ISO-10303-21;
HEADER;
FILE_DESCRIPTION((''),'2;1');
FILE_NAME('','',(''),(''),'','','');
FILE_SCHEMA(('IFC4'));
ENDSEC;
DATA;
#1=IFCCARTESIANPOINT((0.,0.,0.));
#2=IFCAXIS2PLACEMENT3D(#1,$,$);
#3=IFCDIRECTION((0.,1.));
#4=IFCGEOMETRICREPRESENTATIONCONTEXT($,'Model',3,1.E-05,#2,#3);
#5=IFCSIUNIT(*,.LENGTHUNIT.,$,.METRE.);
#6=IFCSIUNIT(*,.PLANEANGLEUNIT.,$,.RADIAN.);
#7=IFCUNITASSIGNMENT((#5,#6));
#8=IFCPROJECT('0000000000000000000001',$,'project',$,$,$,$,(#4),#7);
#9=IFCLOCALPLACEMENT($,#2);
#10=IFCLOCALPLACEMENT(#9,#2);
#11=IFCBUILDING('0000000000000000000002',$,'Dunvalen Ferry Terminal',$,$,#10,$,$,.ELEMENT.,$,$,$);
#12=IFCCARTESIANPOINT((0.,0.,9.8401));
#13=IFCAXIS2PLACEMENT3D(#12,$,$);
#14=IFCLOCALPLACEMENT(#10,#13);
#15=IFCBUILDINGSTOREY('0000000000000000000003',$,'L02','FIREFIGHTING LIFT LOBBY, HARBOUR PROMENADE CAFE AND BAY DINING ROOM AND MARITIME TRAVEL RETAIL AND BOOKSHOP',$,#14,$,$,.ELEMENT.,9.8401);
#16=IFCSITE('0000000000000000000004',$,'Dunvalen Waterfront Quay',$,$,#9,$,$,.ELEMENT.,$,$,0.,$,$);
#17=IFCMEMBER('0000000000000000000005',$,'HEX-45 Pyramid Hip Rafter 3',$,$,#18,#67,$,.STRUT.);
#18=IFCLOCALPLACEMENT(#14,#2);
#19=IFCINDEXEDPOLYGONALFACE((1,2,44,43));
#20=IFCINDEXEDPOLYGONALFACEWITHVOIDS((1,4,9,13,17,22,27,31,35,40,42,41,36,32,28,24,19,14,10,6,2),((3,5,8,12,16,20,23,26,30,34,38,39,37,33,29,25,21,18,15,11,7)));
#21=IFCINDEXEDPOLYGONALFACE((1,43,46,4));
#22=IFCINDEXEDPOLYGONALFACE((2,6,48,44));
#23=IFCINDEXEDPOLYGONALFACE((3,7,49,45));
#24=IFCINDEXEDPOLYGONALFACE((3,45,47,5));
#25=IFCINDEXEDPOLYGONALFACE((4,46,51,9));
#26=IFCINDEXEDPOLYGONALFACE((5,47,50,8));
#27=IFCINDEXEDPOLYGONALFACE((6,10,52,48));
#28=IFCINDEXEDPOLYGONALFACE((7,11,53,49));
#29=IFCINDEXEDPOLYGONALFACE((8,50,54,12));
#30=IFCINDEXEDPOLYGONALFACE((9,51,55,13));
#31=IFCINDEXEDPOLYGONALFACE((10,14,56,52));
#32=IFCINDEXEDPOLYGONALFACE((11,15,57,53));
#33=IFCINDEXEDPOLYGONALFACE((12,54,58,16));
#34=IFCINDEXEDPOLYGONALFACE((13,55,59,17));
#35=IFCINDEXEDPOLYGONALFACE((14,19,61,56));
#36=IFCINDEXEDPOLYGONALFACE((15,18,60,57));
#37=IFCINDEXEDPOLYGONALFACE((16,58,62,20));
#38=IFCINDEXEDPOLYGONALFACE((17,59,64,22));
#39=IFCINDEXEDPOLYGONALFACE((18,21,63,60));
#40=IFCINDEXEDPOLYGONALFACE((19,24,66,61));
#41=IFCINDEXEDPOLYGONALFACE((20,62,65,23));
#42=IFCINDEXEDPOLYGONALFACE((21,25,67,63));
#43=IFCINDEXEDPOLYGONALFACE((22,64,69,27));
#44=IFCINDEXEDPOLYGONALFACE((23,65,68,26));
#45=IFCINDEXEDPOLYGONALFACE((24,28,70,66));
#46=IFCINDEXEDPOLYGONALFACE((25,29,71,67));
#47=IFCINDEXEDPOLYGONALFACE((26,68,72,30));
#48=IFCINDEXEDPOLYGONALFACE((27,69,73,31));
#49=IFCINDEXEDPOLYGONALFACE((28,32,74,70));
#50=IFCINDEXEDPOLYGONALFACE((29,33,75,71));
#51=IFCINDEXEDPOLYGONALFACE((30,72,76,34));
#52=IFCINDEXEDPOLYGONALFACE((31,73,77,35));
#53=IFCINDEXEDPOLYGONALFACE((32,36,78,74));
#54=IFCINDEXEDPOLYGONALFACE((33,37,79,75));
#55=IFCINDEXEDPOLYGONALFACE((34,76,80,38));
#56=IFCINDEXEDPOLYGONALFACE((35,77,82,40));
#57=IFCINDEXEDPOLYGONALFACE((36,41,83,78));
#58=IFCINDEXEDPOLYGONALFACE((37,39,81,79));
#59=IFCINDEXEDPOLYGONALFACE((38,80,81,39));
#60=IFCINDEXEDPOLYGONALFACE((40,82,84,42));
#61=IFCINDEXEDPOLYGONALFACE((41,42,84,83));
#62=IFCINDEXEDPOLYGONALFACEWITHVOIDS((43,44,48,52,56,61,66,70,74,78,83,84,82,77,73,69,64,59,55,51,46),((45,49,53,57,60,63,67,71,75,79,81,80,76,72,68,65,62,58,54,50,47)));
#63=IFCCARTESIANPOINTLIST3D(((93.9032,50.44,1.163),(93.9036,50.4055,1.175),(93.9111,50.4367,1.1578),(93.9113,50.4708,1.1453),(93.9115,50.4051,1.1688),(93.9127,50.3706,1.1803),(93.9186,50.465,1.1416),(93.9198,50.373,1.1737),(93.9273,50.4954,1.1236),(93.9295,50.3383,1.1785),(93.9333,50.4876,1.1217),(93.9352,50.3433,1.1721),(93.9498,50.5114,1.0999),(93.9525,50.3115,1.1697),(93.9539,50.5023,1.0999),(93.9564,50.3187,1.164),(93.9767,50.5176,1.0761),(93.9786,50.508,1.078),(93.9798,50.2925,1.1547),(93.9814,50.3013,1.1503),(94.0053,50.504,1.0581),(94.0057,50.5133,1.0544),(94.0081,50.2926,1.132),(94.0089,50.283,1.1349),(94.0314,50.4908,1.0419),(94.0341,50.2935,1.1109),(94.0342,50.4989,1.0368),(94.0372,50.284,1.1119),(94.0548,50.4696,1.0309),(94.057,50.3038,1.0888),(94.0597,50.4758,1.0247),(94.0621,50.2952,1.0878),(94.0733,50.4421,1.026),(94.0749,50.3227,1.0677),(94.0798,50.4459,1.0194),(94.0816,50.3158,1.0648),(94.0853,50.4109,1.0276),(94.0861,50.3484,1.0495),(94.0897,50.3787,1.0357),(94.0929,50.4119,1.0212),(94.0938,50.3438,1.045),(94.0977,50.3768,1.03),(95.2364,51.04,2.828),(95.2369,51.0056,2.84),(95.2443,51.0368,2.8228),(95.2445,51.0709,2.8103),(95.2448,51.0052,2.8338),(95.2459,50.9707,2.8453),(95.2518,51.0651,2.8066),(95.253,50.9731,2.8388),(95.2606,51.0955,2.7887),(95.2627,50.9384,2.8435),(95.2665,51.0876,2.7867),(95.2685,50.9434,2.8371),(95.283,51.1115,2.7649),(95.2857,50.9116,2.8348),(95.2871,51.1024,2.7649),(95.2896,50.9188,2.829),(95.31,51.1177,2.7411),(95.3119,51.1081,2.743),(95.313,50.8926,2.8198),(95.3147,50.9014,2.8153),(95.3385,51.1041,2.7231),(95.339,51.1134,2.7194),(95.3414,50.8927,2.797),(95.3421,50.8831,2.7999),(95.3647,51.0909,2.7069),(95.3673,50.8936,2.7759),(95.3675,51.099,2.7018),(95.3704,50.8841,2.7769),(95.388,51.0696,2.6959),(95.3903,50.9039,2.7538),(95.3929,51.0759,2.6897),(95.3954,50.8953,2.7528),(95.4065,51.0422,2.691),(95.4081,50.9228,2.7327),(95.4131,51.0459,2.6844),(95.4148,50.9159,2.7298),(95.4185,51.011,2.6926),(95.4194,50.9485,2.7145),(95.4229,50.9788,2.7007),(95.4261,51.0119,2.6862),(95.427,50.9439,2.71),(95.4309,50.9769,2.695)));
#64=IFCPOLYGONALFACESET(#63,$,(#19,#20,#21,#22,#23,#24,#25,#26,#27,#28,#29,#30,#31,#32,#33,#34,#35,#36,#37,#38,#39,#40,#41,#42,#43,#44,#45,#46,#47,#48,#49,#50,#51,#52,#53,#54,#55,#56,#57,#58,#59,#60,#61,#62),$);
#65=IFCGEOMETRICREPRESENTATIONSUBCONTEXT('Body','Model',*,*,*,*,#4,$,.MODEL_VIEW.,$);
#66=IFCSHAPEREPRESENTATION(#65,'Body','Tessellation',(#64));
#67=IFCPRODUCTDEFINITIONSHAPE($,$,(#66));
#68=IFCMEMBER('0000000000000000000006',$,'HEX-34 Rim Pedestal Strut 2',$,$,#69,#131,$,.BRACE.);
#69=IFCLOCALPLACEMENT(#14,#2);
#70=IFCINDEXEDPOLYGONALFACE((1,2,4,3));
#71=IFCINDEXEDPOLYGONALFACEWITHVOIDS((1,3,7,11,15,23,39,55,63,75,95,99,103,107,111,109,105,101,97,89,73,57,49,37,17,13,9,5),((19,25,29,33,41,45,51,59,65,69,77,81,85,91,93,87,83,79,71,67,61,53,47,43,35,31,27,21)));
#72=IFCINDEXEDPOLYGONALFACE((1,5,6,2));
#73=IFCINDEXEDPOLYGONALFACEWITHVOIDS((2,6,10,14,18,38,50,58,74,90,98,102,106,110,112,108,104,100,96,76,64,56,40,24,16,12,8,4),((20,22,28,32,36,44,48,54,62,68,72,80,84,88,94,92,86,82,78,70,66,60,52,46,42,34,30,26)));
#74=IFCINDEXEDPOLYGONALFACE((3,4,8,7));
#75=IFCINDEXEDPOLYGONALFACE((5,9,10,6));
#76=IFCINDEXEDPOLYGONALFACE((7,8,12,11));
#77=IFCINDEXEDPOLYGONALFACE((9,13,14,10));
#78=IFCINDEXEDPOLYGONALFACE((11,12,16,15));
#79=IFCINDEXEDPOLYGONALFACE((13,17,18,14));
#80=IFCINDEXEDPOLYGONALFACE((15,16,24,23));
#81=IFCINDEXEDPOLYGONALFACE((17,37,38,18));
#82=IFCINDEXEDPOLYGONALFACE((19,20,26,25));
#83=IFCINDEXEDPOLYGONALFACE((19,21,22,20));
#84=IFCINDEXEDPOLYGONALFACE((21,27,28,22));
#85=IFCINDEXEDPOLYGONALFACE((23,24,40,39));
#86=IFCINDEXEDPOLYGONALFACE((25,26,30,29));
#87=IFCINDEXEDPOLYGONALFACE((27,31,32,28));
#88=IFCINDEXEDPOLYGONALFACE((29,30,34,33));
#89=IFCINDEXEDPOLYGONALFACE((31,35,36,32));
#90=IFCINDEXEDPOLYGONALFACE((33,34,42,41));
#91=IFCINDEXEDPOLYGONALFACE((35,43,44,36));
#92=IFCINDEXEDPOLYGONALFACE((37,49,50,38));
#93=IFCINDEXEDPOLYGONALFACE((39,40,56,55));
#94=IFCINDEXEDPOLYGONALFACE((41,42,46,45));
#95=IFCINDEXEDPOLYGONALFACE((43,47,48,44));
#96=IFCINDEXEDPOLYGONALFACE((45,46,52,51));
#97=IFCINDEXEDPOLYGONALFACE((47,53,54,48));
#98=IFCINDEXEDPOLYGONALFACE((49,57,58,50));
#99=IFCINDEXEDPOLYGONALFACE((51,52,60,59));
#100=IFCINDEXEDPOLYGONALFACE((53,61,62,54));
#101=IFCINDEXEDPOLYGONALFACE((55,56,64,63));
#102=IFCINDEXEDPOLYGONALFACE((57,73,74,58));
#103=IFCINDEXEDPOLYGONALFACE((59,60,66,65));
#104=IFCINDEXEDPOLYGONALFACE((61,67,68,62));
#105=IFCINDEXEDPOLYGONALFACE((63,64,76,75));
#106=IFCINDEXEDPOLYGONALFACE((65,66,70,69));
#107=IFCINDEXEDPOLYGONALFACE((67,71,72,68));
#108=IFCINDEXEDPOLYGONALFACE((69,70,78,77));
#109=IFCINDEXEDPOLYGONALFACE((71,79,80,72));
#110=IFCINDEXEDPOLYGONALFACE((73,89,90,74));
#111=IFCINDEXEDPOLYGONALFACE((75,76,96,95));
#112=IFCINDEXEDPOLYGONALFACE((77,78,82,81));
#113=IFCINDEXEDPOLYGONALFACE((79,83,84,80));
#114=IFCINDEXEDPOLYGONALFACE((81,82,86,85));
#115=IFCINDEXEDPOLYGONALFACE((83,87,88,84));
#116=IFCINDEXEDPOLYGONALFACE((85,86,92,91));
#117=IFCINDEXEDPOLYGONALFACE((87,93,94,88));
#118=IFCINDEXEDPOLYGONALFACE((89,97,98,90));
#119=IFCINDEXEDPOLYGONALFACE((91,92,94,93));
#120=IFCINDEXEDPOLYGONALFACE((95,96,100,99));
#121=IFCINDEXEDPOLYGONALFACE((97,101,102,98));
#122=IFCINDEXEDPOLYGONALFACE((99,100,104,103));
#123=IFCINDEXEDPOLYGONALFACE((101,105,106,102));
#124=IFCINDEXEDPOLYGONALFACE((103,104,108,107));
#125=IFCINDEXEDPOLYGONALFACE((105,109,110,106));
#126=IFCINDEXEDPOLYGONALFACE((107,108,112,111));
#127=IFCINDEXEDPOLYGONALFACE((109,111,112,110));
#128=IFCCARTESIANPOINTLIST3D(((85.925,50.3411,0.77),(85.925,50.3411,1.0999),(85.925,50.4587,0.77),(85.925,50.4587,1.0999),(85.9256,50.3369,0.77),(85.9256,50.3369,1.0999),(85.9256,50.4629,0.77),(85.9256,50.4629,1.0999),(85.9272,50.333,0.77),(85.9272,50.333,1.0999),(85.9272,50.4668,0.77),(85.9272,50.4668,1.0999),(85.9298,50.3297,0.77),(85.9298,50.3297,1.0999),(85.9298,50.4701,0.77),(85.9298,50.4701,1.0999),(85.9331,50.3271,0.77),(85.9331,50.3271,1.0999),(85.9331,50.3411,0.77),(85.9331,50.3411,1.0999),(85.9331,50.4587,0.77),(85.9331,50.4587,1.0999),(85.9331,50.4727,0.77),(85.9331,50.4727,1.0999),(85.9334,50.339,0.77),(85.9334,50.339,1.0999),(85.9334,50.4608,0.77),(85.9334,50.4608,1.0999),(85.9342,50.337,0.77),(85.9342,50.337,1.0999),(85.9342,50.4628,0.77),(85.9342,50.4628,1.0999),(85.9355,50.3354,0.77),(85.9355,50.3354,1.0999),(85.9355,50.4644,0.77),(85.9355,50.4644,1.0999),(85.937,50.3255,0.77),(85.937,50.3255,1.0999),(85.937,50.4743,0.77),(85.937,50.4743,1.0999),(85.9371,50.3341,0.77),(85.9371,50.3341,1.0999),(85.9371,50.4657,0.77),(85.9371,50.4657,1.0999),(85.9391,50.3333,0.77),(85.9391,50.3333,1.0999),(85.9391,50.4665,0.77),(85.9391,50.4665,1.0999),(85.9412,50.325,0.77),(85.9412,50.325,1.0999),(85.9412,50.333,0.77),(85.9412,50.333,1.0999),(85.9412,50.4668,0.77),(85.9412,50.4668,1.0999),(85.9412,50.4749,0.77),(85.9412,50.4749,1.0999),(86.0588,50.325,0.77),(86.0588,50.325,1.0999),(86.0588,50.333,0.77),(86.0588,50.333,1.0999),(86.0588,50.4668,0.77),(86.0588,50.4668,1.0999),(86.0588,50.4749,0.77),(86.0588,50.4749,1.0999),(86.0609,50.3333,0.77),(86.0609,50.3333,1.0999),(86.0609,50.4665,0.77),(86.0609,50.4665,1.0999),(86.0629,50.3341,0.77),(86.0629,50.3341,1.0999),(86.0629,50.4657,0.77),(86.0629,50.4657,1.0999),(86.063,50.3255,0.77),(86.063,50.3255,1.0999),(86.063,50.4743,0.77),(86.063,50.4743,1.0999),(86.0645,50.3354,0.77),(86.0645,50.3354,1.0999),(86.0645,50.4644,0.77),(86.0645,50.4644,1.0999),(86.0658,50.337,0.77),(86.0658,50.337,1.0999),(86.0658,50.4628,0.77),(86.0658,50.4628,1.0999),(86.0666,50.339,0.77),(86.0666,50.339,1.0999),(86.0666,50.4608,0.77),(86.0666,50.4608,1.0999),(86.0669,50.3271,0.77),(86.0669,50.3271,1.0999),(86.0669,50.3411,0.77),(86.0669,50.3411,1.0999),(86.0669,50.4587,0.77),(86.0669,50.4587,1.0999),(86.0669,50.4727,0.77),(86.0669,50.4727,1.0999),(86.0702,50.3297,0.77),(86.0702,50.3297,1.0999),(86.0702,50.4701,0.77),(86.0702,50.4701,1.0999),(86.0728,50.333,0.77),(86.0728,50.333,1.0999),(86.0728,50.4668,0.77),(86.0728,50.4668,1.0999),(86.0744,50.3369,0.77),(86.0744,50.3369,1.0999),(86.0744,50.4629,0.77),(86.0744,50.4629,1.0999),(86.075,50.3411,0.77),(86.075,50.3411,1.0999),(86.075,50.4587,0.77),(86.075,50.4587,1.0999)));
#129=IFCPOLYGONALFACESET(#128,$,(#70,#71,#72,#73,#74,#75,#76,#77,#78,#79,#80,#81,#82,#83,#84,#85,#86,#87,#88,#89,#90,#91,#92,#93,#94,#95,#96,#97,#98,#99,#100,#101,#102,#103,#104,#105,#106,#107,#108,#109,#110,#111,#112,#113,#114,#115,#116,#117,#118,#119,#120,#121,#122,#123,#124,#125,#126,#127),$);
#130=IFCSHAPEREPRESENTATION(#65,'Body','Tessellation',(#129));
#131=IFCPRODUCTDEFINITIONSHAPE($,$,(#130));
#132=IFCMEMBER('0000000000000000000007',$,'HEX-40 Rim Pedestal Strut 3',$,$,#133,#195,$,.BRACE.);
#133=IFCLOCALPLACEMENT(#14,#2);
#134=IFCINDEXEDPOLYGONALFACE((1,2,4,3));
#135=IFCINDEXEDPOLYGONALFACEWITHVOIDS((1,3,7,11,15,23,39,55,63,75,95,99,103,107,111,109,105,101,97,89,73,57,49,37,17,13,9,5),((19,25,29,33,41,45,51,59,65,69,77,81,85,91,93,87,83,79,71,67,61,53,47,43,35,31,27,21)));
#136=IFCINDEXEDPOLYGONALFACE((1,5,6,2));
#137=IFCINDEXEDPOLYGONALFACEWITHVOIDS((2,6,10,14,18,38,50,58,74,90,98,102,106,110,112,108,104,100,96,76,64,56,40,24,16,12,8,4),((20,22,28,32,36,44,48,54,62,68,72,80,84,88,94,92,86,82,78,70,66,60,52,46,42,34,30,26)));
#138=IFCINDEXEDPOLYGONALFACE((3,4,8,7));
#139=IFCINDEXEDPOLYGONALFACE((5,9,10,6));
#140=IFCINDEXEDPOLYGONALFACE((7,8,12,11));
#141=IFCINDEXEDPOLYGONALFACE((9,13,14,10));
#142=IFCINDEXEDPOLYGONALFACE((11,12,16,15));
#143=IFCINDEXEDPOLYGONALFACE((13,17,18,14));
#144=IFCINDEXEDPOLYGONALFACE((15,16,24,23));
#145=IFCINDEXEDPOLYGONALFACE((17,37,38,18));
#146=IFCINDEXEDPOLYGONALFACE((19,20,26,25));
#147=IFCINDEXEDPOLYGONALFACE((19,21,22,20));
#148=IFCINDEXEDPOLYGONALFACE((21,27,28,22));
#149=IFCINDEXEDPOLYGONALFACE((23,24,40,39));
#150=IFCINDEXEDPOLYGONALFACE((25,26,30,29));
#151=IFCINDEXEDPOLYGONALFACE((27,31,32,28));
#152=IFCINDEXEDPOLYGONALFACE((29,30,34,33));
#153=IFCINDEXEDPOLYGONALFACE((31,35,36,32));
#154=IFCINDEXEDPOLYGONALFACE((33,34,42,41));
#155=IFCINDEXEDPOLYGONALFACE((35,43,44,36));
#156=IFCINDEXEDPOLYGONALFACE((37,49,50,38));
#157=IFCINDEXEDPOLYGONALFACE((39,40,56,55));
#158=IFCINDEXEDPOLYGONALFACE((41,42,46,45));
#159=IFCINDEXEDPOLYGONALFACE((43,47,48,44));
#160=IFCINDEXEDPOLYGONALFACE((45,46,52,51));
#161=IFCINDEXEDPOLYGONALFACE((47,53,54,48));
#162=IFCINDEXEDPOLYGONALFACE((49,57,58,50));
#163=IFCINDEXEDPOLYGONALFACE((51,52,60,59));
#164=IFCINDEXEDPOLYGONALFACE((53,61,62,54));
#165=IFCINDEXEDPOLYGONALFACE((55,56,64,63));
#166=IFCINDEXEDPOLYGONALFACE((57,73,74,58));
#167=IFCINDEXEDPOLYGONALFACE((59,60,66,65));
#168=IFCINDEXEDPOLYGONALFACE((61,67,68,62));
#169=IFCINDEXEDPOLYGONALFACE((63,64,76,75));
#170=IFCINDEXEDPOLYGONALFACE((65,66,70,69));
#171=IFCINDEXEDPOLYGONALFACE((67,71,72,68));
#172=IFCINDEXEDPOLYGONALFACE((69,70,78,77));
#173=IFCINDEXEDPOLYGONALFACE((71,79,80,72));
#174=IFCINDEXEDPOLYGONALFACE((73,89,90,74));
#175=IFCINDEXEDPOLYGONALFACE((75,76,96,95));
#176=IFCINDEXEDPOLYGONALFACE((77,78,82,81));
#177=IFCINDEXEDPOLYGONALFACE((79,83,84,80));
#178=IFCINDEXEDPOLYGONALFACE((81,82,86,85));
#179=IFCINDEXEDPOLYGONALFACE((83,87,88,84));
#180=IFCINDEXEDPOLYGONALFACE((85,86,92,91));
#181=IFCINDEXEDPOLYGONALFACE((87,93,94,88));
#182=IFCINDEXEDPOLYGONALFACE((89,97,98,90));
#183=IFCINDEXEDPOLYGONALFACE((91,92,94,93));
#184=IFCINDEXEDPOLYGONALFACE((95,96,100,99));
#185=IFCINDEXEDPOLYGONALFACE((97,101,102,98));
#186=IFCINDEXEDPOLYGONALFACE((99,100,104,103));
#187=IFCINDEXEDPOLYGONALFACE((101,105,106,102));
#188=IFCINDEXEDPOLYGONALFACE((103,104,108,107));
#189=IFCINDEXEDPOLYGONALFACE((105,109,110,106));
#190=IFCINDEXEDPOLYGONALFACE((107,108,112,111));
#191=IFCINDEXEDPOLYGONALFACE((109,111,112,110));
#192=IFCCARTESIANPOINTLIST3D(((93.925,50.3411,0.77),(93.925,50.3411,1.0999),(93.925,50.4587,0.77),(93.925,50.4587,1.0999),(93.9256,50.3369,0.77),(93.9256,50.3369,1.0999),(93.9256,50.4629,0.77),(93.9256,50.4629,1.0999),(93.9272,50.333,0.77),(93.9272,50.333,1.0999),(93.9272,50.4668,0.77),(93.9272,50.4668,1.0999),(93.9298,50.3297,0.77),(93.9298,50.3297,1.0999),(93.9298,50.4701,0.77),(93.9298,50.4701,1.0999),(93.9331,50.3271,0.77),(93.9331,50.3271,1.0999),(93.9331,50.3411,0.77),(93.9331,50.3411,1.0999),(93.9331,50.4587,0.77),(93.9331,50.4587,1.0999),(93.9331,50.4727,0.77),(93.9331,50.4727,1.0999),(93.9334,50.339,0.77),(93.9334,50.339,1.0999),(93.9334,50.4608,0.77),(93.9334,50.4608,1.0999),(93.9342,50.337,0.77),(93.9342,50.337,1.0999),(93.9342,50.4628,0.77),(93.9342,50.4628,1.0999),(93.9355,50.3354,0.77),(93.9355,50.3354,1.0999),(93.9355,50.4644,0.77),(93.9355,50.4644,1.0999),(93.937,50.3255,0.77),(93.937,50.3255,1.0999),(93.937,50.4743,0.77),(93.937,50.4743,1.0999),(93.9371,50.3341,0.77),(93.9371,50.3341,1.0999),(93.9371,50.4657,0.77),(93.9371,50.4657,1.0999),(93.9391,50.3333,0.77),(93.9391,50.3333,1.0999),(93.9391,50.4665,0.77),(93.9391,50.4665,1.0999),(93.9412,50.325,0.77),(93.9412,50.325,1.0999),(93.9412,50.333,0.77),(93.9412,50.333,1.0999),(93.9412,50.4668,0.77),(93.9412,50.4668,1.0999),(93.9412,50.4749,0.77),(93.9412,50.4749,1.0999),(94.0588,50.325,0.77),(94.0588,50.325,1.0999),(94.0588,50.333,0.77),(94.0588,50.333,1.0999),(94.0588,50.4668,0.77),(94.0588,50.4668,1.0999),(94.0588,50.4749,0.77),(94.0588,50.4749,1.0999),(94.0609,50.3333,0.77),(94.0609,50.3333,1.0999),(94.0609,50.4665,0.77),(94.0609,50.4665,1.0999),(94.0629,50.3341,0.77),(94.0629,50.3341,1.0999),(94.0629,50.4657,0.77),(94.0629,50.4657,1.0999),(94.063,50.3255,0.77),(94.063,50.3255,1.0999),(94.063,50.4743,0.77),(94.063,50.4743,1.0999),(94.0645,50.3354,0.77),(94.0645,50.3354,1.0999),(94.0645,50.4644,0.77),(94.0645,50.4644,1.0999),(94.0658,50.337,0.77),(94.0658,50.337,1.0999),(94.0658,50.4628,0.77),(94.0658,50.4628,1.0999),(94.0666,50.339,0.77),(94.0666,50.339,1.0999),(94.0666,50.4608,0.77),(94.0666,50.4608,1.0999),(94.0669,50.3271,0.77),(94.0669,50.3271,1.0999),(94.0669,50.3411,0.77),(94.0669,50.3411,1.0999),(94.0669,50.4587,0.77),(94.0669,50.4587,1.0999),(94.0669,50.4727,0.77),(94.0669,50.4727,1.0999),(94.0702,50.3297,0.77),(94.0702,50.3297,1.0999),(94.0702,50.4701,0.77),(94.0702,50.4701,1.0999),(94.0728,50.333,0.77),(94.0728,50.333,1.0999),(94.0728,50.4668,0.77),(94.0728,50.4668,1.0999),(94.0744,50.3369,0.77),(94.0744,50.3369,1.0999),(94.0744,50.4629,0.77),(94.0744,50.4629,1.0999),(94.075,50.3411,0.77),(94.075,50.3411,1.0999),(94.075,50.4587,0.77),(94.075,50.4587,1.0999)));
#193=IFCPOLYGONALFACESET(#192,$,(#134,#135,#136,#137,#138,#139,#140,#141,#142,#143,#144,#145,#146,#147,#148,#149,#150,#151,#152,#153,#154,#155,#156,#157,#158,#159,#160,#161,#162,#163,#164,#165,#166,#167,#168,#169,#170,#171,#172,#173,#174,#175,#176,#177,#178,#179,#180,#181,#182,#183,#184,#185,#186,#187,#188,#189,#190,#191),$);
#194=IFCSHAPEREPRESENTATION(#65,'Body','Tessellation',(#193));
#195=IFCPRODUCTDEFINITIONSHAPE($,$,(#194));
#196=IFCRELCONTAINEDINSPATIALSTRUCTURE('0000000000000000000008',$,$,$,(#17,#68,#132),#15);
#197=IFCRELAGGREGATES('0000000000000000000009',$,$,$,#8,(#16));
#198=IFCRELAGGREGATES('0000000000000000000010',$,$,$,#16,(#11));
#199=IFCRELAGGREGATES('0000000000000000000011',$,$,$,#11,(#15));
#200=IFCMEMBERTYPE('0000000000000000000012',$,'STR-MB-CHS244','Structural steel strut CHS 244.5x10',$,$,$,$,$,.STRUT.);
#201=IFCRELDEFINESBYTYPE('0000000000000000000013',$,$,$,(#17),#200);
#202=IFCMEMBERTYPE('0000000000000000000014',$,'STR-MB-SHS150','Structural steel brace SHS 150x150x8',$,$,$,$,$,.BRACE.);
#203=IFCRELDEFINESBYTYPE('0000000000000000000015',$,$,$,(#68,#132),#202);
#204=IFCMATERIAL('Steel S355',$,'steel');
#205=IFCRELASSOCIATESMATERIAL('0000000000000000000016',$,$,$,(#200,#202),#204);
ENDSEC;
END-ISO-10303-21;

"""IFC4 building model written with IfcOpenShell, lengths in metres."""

from ifc_helpers import new_model, si_unit, direction, frame, origin, origin_2d, place, context, subcontext, project, spatial, hollow_rectangle, hollow_circle, extrude, material, material_profile, profile_set, type_object, element, save


model = new_model("IFC4")

# Units and contexts
model_context = context("Model", 3, precision=1e-05, world=origin(), true_north=direction((0.0, 1.0)))
body_context = subcontext(model_context, "Body", "Model", "MODEL_VIEW")
ifc_project = project(units=[si_unit("LENGTHUNIT", "METRE"), si_unit("PLANEANGLEUNIT", "RADIAN")], contexts=[model_context])

# Site, building, storey
site_placement = place(None, origin())
site = spatial("IfcSite", under=ifc_project, at=site_placement, Name="Dunvalen Waterfront Quay", CompositionType="ELEMENT", RefElevation=0.0)
building_placement = place(site_placement, origin())
building = spatial("IfcBuilding", under=site, at=building_placement, Name="Dunvalen Ferry Terminal", CompositionType="ELEMENT")
storey_placement = place(building_placement, frame((0.0, 0.0, 9.8401)))
storey = spatial("IfcBuildingStorey", under=building, at=storey_placement, Name="L02", Description="FIREFIGHTING LIFT LOBBY, HARBOUR PROMENADE CAFE AND BAY DINING ROOM AND MARITIME TRAVEL RETAIL AND BOOKSHOP", CompositionType="ELEMENT", Elevation=9.8401)

# Shared definitions
ifc_material_1 = material(Name="Steel S355", Category="steel")

# Members
ifc_material_profile_1 = material_profile(ifc_material_1, hollow_circle(Radius=0.1223, WallThickness=0.01, at=origin_2d()), Name="Steel S355")
ifc_profile_set_1 = profile_set([ifc_material_profile_1], Name="Steel S355")
member_type_1 = type_object("IfcMemberType", Name="STR-MB-CHS244", Description="Structural steel strut CHS 244.5x10", PredefinedType="STRUT", material=ifc_profile_set_1)
member_1_placement = place(storey_placement, frame((94.0, 50.3999, 1.0999), z_axis=(0.601686, 0.270819, 0.751419), x_axis=(-0.410441, 0.911887, 0.0)))
element("IfcMember", 1, at=member_1_placement, inside=storey, type_object=member_type_1, Name="HEX-45 Pyramid Hip Rafter 3", PredefinedType="STRUT", context=body_context, shape_type="SweptSolid", body=[
    extrude(hollow_circle(Radius=0.1223, WallThickness=0.01, at=origin_2d()), origin(), (0.0, 0.0, 1.0), 2.2158),
])
ifc_material_profile_2 = material_profile(ifc_material_1, hollow_rectangle(XDim=0.1499, YDim=0.1499, WallThickness=0.0081, InnerFilletRadius=0.0081, OuterFilletRadius=0.0161, at=origin_2d()), Name="Steel S355")
ifc_profile_set_2 = profile_set([ifc_material_profile_2], Name="Steel S355")
member_type_2 = type_object("IfcMemberType", Name="STR-MB-SHS150", Description="Structural steel brace SHS 150x150x8", PredefinedType="BRACE", material=ifc_profile_set_2)
for number, where, z_axis, x_axis, name in (
    (2, (86.0, 50.3999, 0.77), (0.0, 0.0, 1.0), (1.0, 0.0, 0.0), "HEX-34 Rim Pedestal Strut 2"),
    (3, (94.0, 50.3999, 0.77), (0.0, 0.0, 1.0), (1.0, 0.0, 0.0), "HEX-40 Rim Pedestal Strut 3"),
):
    element("IfcMember", number, at=place(storey_placement, frame(where, z_axis=z_axis, x_axis=x_axis)), inside=storey, type_object=member_type_2, Name=name, PredefinedType="BRACE", context=body_context, shape_type="SweptSolid", body=[
        extrude(hollow_rectangle(XDim=0.1499, YDim=0.1499, WallThickness=0.0081, InnerFilletRadius=0.0081, OuterFilletRadius=0.0161, at=origin_2d()), origin(), (0.0, 0.0, 1.0), 0.3298),
    ])

save(model, "model.ifc")
